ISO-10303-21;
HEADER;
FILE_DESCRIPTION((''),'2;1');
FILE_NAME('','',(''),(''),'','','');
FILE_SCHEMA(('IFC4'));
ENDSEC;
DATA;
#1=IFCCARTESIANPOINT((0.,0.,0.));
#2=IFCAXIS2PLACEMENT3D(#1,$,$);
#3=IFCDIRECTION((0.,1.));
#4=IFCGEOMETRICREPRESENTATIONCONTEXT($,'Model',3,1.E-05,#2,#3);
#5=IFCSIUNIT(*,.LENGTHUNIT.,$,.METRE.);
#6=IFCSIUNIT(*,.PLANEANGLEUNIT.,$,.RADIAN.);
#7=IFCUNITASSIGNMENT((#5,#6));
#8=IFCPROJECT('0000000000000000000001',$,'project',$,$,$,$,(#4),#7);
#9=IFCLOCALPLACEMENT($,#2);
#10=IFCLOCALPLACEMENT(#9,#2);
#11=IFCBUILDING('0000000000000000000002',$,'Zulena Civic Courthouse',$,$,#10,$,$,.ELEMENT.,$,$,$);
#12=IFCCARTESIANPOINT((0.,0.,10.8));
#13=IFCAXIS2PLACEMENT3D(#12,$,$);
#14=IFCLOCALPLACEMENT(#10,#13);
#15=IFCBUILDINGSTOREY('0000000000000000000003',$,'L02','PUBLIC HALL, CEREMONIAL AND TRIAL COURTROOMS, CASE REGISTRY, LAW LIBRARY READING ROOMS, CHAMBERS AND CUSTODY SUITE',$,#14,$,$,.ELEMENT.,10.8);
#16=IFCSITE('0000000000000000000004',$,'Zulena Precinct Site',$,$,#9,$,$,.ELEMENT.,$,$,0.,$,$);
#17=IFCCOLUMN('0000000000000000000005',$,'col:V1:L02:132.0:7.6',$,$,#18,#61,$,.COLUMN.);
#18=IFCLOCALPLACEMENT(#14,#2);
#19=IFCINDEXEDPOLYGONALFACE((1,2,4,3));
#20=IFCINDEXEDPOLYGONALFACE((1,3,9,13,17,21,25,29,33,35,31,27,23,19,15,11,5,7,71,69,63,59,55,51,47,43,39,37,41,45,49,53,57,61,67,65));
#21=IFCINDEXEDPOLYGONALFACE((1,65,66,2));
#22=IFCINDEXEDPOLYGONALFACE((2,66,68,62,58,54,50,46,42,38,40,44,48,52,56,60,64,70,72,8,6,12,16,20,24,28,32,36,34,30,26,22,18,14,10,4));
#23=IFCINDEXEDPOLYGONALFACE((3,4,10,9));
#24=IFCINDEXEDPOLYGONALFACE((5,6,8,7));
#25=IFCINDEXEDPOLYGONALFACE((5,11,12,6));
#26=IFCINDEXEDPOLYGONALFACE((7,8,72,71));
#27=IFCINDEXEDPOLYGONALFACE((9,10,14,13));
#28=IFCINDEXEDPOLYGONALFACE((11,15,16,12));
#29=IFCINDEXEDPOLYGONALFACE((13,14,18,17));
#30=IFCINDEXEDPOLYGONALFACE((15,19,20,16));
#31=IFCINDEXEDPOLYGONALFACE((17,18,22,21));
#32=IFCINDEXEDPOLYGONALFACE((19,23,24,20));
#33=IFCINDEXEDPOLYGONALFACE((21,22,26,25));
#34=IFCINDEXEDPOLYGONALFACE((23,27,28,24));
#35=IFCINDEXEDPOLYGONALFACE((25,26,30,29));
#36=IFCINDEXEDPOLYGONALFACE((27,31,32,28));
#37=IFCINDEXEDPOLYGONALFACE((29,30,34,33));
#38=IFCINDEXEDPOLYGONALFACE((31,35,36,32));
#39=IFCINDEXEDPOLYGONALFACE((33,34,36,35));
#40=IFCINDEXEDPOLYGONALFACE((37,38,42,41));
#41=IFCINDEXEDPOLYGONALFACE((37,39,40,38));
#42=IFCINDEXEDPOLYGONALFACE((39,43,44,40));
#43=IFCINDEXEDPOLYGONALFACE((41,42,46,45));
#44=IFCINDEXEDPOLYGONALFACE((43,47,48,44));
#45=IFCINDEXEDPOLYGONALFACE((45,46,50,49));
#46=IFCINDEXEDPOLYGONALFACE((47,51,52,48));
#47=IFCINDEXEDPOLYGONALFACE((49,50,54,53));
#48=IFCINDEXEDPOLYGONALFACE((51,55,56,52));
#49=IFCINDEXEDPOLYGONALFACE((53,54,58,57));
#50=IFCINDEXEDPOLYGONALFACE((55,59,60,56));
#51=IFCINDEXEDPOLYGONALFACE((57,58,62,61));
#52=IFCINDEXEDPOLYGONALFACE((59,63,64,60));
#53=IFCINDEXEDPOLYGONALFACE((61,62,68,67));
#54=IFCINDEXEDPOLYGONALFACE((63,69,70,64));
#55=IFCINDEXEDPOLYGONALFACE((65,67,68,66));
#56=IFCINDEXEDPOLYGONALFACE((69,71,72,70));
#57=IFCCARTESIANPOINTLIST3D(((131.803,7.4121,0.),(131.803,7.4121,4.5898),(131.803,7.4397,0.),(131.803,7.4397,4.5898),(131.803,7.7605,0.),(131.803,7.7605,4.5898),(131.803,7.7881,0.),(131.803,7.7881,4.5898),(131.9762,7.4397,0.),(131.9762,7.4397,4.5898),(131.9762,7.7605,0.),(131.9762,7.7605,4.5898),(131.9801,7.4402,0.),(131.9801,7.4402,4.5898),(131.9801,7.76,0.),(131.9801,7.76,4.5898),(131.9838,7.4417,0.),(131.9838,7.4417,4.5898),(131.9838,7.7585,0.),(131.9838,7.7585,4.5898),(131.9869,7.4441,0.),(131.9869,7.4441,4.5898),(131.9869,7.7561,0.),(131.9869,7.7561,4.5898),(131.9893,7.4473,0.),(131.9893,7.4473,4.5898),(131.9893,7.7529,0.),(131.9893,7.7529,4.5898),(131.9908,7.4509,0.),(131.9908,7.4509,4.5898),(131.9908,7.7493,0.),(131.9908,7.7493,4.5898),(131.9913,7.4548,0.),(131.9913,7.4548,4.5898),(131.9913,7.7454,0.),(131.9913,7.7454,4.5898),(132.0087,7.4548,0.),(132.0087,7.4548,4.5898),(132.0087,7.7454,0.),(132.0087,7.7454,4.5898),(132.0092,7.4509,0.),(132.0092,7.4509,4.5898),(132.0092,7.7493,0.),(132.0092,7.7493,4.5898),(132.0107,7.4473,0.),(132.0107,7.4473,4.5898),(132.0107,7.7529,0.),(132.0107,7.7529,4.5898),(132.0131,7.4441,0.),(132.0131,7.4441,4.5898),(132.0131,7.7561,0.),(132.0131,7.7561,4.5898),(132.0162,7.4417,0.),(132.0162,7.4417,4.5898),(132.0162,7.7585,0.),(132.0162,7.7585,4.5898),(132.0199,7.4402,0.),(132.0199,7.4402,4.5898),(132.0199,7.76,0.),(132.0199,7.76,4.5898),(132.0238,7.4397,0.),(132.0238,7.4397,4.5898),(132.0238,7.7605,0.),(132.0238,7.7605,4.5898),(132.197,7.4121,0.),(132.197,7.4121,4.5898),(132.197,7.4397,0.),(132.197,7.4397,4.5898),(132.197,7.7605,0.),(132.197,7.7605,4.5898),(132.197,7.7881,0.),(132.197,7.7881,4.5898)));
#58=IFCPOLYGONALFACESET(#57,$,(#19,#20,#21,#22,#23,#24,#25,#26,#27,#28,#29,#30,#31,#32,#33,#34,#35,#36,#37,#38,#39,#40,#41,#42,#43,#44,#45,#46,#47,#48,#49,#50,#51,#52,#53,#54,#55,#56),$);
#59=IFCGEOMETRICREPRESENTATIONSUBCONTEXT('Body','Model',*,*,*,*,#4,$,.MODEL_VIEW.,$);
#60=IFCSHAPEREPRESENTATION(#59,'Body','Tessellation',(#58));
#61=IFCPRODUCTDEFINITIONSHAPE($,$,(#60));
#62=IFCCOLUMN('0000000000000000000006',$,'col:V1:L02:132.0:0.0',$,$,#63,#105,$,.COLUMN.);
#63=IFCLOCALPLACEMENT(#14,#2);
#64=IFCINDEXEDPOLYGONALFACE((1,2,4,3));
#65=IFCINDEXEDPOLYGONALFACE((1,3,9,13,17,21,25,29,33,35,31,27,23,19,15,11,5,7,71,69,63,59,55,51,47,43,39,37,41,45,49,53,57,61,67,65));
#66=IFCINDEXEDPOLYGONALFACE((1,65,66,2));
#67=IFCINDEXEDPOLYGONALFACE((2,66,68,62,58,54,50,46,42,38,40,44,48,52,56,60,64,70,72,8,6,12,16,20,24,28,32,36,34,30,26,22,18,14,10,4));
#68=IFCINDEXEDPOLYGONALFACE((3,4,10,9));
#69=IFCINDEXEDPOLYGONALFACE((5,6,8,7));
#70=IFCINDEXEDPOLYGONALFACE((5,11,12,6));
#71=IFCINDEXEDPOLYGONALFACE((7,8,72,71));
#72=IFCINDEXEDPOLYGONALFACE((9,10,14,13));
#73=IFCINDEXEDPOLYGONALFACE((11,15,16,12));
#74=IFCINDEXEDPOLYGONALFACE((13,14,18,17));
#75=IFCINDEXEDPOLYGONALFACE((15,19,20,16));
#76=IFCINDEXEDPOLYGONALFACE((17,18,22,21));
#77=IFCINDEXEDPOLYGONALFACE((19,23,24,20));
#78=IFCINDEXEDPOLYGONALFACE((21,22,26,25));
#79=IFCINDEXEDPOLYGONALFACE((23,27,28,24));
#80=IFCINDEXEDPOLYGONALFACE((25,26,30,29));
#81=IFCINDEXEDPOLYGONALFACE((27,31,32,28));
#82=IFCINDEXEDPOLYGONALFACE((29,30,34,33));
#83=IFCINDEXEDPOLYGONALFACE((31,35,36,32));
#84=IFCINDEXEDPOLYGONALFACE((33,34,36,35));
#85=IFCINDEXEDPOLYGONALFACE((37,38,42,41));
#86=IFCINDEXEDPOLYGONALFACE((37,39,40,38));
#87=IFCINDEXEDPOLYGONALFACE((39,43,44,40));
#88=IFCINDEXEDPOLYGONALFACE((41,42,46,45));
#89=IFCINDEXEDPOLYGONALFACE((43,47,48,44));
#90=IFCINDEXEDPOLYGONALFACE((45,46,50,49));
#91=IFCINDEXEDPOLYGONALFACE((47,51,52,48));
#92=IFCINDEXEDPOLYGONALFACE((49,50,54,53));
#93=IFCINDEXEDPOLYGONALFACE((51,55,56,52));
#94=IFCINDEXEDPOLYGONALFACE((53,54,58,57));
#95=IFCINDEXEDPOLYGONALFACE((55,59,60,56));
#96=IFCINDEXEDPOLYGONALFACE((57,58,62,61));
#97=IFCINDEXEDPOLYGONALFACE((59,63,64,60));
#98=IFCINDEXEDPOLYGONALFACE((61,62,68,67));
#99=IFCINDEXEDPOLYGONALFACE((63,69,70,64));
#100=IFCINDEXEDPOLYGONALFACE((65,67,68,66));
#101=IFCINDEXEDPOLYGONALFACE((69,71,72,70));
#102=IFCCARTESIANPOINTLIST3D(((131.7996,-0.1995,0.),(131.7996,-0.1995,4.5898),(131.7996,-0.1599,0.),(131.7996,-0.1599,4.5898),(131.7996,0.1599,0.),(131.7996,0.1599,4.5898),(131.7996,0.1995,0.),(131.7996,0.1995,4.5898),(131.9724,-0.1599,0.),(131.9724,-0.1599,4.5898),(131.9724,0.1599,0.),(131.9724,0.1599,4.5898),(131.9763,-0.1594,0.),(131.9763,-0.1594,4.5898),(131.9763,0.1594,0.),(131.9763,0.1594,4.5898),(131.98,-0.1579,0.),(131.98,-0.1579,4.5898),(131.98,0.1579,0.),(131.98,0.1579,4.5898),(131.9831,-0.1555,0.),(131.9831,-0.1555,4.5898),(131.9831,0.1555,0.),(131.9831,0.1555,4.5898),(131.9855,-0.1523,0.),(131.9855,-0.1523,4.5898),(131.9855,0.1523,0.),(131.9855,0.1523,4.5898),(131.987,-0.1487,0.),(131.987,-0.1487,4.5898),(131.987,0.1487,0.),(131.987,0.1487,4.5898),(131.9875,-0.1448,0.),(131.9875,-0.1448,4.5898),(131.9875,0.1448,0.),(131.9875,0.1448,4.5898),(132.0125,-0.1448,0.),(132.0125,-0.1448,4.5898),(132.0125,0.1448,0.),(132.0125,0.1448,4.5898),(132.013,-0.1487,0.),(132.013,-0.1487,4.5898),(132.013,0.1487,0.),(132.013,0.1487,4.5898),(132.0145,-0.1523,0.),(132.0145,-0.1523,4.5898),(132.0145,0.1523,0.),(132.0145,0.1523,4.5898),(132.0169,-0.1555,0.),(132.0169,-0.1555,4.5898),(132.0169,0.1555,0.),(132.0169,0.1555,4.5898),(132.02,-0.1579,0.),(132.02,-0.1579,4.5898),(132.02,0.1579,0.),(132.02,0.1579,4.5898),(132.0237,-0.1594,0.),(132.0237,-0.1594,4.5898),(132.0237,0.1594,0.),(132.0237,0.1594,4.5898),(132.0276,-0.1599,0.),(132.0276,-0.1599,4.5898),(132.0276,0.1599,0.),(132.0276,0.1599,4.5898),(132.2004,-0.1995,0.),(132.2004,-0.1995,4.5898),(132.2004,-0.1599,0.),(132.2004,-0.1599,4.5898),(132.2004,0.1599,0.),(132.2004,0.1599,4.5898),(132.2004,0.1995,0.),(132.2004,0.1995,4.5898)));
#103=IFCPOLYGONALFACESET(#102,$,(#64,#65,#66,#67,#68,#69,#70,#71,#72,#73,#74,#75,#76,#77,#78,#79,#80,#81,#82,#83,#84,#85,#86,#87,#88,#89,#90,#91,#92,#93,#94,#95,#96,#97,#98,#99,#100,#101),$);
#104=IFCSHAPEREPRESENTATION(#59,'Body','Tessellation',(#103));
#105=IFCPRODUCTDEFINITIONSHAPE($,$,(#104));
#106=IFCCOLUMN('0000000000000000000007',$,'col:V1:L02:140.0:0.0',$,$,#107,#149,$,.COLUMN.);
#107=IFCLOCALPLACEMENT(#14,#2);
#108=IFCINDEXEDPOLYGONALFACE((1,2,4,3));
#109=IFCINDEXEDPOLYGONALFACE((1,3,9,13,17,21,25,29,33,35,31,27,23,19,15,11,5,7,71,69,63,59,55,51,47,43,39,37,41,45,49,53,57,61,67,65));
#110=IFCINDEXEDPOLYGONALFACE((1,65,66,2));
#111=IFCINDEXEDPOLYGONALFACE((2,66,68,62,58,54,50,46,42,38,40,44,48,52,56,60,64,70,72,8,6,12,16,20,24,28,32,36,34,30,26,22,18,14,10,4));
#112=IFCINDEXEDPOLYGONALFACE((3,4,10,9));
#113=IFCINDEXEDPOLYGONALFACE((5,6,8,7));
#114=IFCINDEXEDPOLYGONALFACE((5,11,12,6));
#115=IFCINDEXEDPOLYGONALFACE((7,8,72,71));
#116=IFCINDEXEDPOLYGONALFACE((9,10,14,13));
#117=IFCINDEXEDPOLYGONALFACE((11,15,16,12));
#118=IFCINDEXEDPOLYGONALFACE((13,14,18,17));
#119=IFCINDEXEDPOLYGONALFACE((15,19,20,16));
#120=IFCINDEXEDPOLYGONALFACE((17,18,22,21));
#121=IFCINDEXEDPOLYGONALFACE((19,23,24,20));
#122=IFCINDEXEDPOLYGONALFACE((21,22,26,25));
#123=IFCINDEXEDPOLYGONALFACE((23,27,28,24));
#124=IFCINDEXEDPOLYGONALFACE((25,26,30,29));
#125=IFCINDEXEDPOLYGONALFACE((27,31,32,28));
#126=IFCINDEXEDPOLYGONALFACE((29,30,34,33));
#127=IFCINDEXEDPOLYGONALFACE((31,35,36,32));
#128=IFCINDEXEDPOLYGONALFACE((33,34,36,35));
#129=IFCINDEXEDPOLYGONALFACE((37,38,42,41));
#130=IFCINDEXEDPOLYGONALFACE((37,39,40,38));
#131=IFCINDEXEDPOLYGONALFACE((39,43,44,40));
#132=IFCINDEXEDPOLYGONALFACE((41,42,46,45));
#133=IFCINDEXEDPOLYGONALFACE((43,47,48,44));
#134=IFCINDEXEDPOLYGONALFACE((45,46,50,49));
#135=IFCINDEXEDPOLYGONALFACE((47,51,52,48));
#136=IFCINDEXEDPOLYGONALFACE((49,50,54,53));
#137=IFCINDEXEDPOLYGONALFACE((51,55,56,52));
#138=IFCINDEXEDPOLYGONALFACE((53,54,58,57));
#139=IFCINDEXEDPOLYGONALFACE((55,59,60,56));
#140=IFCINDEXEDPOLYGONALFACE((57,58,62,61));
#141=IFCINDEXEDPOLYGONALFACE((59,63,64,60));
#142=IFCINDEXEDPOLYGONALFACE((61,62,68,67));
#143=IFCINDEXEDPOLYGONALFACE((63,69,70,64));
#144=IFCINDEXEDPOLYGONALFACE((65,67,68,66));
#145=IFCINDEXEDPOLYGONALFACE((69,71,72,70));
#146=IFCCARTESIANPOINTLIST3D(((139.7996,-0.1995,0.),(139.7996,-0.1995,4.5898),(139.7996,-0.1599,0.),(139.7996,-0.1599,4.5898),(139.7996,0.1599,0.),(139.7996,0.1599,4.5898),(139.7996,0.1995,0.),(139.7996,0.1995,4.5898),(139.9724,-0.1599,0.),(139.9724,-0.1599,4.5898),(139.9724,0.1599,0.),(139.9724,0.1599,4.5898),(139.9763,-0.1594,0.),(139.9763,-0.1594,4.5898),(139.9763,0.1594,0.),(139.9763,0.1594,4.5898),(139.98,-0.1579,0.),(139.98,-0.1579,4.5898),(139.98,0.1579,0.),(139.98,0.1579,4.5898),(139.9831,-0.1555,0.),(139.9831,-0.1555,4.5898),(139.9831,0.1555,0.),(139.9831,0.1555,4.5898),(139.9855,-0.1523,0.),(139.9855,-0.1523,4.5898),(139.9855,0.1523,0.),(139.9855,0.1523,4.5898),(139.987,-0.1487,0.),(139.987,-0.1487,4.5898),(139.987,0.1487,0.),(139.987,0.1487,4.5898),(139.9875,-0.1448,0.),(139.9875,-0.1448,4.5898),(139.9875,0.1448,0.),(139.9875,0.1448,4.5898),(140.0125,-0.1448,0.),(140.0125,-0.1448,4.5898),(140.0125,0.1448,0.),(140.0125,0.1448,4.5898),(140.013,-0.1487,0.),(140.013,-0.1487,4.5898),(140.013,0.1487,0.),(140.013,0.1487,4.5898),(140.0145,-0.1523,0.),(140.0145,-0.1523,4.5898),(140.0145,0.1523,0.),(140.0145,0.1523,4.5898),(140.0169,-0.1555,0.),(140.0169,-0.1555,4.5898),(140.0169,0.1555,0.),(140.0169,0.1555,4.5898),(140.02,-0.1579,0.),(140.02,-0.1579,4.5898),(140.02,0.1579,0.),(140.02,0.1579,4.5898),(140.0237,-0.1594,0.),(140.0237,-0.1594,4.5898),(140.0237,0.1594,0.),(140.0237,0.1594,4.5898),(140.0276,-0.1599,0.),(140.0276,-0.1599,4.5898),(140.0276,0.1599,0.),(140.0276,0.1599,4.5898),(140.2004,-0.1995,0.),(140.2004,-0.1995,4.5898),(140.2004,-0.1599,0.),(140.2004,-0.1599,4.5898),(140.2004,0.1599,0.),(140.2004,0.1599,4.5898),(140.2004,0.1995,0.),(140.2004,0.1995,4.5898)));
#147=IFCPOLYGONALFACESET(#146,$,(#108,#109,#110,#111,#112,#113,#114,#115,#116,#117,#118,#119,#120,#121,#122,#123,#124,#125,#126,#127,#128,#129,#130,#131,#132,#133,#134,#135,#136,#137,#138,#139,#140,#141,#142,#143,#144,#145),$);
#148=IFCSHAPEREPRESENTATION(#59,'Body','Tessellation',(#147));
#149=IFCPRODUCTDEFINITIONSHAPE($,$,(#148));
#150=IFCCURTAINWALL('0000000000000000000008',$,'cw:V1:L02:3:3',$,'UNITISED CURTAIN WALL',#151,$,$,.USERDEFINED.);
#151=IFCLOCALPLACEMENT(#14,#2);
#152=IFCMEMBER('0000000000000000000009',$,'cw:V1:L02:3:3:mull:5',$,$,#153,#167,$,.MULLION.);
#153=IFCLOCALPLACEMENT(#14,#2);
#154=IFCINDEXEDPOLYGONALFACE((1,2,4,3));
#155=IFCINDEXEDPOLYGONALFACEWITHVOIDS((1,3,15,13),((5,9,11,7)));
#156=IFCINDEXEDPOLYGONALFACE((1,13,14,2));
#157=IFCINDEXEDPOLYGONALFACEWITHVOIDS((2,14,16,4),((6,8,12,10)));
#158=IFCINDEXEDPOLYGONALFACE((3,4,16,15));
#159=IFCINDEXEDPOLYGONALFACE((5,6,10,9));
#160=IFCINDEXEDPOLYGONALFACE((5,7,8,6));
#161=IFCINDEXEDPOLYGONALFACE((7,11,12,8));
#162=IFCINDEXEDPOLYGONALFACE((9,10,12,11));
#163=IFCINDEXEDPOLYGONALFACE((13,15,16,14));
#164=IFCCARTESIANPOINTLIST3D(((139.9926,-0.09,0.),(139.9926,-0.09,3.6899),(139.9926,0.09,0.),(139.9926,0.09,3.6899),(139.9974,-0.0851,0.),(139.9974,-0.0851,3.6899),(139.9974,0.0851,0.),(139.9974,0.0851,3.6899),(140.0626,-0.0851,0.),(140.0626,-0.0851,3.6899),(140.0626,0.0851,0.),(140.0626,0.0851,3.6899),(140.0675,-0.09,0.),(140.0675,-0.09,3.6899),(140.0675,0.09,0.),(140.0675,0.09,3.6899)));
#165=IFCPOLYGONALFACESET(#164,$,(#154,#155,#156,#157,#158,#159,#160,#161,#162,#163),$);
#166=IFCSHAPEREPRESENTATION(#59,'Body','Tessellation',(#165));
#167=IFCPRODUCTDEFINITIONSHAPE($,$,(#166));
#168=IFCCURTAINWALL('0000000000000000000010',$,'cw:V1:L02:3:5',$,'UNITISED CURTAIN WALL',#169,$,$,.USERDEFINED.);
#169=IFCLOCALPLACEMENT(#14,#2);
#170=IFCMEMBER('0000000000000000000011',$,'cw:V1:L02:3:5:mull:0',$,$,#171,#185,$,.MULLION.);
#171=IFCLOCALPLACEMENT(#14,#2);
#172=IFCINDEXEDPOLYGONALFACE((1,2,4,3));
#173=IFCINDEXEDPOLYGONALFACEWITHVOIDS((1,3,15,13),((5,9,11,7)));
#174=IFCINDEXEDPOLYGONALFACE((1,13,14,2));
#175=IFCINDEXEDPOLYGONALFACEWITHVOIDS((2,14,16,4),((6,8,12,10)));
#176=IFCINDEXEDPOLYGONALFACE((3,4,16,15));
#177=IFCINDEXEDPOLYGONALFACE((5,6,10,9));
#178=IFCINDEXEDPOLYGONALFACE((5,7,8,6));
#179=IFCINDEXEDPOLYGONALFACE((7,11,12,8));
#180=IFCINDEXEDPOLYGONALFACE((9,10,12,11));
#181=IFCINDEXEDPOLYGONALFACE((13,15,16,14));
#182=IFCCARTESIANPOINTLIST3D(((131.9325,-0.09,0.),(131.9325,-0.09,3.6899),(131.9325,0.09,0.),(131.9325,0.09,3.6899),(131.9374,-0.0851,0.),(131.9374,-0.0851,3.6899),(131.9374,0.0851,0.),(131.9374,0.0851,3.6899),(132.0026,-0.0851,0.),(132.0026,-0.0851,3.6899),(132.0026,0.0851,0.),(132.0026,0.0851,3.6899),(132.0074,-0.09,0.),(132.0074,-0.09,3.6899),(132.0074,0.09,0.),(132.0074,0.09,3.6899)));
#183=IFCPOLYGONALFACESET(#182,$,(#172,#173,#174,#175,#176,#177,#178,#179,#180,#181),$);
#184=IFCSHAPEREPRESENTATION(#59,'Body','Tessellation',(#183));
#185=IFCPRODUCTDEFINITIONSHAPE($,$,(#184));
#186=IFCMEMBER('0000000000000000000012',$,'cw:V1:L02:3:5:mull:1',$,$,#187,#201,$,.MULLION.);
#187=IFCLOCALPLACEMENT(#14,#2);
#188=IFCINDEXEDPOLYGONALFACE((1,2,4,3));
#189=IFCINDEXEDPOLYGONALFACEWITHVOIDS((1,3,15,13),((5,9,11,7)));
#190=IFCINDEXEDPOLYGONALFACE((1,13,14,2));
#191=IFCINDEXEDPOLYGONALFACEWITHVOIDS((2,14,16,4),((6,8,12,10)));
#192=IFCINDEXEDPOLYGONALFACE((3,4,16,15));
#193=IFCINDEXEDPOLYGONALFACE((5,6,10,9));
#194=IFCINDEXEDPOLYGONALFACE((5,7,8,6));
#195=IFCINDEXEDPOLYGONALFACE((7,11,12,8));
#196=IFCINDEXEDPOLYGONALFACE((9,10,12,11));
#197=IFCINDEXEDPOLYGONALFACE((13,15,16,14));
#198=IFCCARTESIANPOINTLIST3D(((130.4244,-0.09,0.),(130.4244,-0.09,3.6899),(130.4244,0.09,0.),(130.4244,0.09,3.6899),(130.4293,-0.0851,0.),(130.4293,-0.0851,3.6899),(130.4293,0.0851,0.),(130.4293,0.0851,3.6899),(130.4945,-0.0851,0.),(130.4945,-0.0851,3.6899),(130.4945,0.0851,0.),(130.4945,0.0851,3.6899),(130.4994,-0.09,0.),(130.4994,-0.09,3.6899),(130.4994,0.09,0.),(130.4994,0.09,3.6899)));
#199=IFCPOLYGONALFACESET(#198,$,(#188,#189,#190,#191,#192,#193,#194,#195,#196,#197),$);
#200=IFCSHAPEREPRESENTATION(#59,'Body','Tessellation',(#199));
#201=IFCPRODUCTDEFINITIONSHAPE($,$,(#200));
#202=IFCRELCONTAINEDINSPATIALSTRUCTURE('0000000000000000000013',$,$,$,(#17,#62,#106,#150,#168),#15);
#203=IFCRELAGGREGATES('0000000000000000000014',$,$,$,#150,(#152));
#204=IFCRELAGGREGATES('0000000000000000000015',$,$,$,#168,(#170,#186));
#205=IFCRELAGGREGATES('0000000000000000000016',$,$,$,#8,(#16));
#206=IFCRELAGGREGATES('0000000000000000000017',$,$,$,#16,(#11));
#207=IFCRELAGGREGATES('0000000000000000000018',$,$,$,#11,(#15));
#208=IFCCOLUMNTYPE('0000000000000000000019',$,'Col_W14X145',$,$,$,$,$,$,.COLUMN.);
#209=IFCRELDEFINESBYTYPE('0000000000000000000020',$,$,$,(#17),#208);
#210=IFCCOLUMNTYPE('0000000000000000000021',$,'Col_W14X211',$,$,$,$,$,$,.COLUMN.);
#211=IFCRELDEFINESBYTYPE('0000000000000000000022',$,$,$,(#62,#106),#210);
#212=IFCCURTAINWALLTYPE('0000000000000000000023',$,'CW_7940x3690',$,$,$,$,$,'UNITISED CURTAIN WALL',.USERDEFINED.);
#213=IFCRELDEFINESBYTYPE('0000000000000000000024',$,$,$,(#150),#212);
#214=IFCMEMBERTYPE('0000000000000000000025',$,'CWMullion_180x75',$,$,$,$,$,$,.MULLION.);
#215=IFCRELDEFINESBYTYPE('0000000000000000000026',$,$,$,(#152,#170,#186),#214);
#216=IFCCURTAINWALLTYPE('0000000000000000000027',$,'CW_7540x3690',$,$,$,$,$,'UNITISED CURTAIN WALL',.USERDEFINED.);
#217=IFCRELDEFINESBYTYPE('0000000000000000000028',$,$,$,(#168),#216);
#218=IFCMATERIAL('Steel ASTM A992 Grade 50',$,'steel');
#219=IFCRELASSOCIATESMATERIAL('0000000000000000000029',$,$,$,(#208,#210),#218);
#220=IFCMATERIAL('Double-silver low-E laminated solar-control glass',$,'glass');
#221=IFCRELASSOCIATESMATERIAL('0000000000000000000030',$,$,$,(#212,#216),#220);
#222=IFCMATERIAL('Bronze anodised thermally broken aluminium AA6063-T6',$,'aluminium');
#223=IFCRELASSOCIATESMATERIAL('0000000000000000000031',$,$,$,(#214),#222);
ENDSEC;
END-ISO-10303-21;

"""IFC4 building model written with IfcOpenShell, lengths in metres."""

from ifc_helpers import new_model, si_unit, direction, frame, origin, origin_2d, place, context, subcontext, project, spatial, hollow_rectangle, i_section, extrude, material, material_profile, profile_set, type_object, element, aggregate, save


model = new_model("IFC4")

# Units and contexts
model_context = context("Model", 3, precision=1e-05, world=origin(), true_north=direction((0.0, 1.0)))
body_context = subcontext(model_context, "Body", "Model", "MODEL_VIEW")
ifc_project = project(units=[si_unit("LENGTHUNIT", "METRE"), si_unit("PLANEANGLEUNIT", "RADIAN")], contexts=[model_context])

# Site, building, storey
site_placement = place(None, origin())
site = spatial("IfcSite", under=ifc_project, at=site_placement, Name="Zulena Precinct Site", CompositionType="ELEMENT", RefElevation=0.0)
building_placement = place(site_placement, origin())
building = spatial("IfcBuilding", under=site, at=building_placement, Name="Zulena Civic Courthouse", CompositionType="ELEMENT")
storey_placement = place(building_placement, frame((0.0, 0.0, 10.8)))
storey = spatial("IfcBuildingStorey", under=building, at=storey_placement, Name="L02", Description="PUBLIC HALL, CEREMONIAL AND TRIAL COURTROOMS, CASE REGISTRY, LAW LIBRARY READING ROOMS, CHAMBERS AND CUSTODY SUITE", CompositionType="ELEMENT", Elevation=10.8)

# Columns
ifc_material_1 = material(Name="Steel ASTM A992 Grade 50", Category="steel")
ifc_material_profile_1 = material_profile(ifc_material_1, i_section(OverallWidth=0.394, OverallDepth=0.376, WebThickness=0.0173, FlangeThickness=0.0276, FilletRadius=0.0151, at=origin_2d()), Name="W14X145")
ifc_profile_set_1 = profile_set([ifc_material_profile_1], Name="Steel ASTM A992 Grade 50")
column_type_1 = type_object("IfcColumnType", Name="Col_W14X145", PredefinedType="COLUMN", material=ifc_profile_set_1)
column_placement = place(storey_placement, frame((132.0, 7.6001, 0.0), z_axis=(0.0, 0.0, 1.0), x_axis=(1.0, 0.0, 0.0)))
element("IfcColumn", 1, at=column_placement, inside=storey, type_object=column_type_1, Name="col:V1:L02:132.0:7.6", PredefinedType="COLUMN", context=body_context, shape_type="SweptSolid", body=[
    extrude(i_section(OverallWidth=0.394, OverallDepth=0.376, WebThickness=0.0173, FlangeThickness=0.0276, FilletRadius=0.0151, at=origin_2d()), origin(), (0.0, 0.0, 1.0), 4.5898),
])
ifc_material_profile_2 = material_profile(ifc_material_1, i_section(OverallWidth=0.4009, OverallDepth=0.3989, WebThickness=0.0249, FlangeThickness=0.0396, FilletRadius=0.0151, at=origin_2d()), Name="W14X211")
ifc_profile_set_2 = profile_set([ifc_material_profile_2], Name="Steel ASTM A992 Grade 50")
column_type_2 = type_object("IfcColumnType", Name="Col_W14X211", PredefinedType="COLUMN", material=ifc_profile_set_2)
for number, where, z_axis, x_axis, name in (
    (2, (132.0, 0.0, 0.0), (0.0, 0.0, 1.0), (1.0, 0.0, 0.0), "col:V1:L02:132.0:0.0"),
    (3, (140.0, 0.0, 0.0), (0.0, 0.0, 1.0), (1.0, 0.0, 0.0), "col:V1:L02:140.0:0.0"),
):
    element("IfcColumn", number, at=place(storey_placement, frame(where, z_axis=z_axis, x_axis=x_axis)), inside=storey, type_object=column_type_2, Name=name, PredefinedType="COLUMN", context=body_context, shape_type="SweptSolid", body=[
        extrude(i_section(OverallWidth=0.4009, OverallDepth=0.3989, WebThickness=0.0249, FlangeThickness=0.0396, FilletRadius=0.0151, at=origin_2d()), origin(), (0.0, 0.0, 1.0), 4.5898),
    ])

# Curtain wall, member
ifc_material_2 = material(Name="Double-silver low-E laminated solar-control glass", Category="glass")
curtain_wall_type_1 = type_object("IfcCurtainWallType", Name="CW_7940x3690", ElementType="UNITISED CURTAIN WALL", PredefinedType="USERDEFINED", material=ifc_material_2)
curtain_wall_1_placement = place(storey_placement, origin())
curtain_wall_1 = element("IfcCurtainWall", 4, at=curtain_wall_1_placement, inside=storey, type_object=curtain_wall_type_1, Name="cw:V1:L02:3:3", ObjectType="UNITISED CURTAIN WALL", PredefinedType="USERDEFINED")
ifc_material_3 = material(Name="Bronze anodised thermally broken aluminium AA6063-T6", Category="aluminium")
ifc_material_profile_3 = material_profile(ifc_material_3, hollow_rectangle(XDim=0.075, YDim=0.1799, WallThickness=0.0049, at=origin_2d()), Name="CWM180X75X5")
ifc_profile_set_3 = profile_set([ifc_material_profile_3], Name="Bronze anodised thermally broken aluminium AA6063-T6")
member_type_1 = type_object("IfcMemberType", Name="CWMullion_180x75", PredefinedType="MULLION", material=ifc_profile_set_3)
member_1_placement = place(storey_placement, frame((140.03, 0.0, 0.0), z_axis=(0.0, 0.0, 1.0), x_axis=(1.0, 0.0, 0.0)))
member_1 = element("IfcMember", 5, at=member_1_placement, type_object=member_type_1, Name="cw:V1:L02:3:3:mull:5", PredefinedType="MULLION", context=body_context, shape_type="SweptSolid", body=[
    extrude(hollow_rectangle(XDim=0.075, YDim=0.1799, WallThickness=0.0049, at=origin_2d()), origin(), (0.0, 0.0, 1.0), 3.6899),
])

# Curtain wall, members
curtain_wall_type_2 = type_object("IfcCurtainWallType", Name="CW_7540x3690", ElementType="UNITISED CURTAIN WALL", PredefinedType="USERDEFINED", material=ifc_material_2)
curtain_wall_2_placement = place(storey_placement, origin())
curtain_wall_2 = element("IfcCurtainWall", 6, at=curtain_wall_2_placement, inside=storey, type_object=curtain_wall_type_2, Name="cw:V1:L02:3:5", ObjectType="UNITISED CURTAIN WALL", PredefinedType="USERDEFINED")
member_2_placement = place(storey_placement, frame((131.97, 0.0, 0.0), z_axis=(0.0, 0.0, 1.0), x_axis=(1.0, 0.0, 0.0)))
member_2 = element("IfcMember", 7, at=member_2_placement, type_object=member_type_1, Name="cw:V1:L02:3:5:mull:0", PredefinedType="MULLION", context=body_context, shape_type="SweptSolid", body=[
    extrude(hollow_rectangle(XDim=0.075, YDim=0.1799, WallThickness=0.0049, at=origin_2d()), origin(), (0.0, 0.0, 1.0), 3.6899),
])
member_3_placement = place(storey_placement, frame((130.4619, 0.0, 0.0), z_axis=(0.0, 0.0, 1.0), x_axis=(1.0, 0.0, 0.0)))
member_3 = element("IfcMember", 8, at=member_3_placement, type_object=member_type_1, Name="cw:V1:L02:3:5:mull:1", PredefinedType="MULLION", context=body_context, shape_type="SweptSolid", body=[
    extrude(hollow_rectangle(XDim=0.075, YDim=0.1799, WallThickness=0.0049, at=origin_2d()), origin(), (0.0, 0.0, 1.0), 3.6899),
])

aggregate(curtain_wall_1, [member_1])
aggregate(curtain_wall_2, [member_2, member_3])

save(model, "model.ifc")
